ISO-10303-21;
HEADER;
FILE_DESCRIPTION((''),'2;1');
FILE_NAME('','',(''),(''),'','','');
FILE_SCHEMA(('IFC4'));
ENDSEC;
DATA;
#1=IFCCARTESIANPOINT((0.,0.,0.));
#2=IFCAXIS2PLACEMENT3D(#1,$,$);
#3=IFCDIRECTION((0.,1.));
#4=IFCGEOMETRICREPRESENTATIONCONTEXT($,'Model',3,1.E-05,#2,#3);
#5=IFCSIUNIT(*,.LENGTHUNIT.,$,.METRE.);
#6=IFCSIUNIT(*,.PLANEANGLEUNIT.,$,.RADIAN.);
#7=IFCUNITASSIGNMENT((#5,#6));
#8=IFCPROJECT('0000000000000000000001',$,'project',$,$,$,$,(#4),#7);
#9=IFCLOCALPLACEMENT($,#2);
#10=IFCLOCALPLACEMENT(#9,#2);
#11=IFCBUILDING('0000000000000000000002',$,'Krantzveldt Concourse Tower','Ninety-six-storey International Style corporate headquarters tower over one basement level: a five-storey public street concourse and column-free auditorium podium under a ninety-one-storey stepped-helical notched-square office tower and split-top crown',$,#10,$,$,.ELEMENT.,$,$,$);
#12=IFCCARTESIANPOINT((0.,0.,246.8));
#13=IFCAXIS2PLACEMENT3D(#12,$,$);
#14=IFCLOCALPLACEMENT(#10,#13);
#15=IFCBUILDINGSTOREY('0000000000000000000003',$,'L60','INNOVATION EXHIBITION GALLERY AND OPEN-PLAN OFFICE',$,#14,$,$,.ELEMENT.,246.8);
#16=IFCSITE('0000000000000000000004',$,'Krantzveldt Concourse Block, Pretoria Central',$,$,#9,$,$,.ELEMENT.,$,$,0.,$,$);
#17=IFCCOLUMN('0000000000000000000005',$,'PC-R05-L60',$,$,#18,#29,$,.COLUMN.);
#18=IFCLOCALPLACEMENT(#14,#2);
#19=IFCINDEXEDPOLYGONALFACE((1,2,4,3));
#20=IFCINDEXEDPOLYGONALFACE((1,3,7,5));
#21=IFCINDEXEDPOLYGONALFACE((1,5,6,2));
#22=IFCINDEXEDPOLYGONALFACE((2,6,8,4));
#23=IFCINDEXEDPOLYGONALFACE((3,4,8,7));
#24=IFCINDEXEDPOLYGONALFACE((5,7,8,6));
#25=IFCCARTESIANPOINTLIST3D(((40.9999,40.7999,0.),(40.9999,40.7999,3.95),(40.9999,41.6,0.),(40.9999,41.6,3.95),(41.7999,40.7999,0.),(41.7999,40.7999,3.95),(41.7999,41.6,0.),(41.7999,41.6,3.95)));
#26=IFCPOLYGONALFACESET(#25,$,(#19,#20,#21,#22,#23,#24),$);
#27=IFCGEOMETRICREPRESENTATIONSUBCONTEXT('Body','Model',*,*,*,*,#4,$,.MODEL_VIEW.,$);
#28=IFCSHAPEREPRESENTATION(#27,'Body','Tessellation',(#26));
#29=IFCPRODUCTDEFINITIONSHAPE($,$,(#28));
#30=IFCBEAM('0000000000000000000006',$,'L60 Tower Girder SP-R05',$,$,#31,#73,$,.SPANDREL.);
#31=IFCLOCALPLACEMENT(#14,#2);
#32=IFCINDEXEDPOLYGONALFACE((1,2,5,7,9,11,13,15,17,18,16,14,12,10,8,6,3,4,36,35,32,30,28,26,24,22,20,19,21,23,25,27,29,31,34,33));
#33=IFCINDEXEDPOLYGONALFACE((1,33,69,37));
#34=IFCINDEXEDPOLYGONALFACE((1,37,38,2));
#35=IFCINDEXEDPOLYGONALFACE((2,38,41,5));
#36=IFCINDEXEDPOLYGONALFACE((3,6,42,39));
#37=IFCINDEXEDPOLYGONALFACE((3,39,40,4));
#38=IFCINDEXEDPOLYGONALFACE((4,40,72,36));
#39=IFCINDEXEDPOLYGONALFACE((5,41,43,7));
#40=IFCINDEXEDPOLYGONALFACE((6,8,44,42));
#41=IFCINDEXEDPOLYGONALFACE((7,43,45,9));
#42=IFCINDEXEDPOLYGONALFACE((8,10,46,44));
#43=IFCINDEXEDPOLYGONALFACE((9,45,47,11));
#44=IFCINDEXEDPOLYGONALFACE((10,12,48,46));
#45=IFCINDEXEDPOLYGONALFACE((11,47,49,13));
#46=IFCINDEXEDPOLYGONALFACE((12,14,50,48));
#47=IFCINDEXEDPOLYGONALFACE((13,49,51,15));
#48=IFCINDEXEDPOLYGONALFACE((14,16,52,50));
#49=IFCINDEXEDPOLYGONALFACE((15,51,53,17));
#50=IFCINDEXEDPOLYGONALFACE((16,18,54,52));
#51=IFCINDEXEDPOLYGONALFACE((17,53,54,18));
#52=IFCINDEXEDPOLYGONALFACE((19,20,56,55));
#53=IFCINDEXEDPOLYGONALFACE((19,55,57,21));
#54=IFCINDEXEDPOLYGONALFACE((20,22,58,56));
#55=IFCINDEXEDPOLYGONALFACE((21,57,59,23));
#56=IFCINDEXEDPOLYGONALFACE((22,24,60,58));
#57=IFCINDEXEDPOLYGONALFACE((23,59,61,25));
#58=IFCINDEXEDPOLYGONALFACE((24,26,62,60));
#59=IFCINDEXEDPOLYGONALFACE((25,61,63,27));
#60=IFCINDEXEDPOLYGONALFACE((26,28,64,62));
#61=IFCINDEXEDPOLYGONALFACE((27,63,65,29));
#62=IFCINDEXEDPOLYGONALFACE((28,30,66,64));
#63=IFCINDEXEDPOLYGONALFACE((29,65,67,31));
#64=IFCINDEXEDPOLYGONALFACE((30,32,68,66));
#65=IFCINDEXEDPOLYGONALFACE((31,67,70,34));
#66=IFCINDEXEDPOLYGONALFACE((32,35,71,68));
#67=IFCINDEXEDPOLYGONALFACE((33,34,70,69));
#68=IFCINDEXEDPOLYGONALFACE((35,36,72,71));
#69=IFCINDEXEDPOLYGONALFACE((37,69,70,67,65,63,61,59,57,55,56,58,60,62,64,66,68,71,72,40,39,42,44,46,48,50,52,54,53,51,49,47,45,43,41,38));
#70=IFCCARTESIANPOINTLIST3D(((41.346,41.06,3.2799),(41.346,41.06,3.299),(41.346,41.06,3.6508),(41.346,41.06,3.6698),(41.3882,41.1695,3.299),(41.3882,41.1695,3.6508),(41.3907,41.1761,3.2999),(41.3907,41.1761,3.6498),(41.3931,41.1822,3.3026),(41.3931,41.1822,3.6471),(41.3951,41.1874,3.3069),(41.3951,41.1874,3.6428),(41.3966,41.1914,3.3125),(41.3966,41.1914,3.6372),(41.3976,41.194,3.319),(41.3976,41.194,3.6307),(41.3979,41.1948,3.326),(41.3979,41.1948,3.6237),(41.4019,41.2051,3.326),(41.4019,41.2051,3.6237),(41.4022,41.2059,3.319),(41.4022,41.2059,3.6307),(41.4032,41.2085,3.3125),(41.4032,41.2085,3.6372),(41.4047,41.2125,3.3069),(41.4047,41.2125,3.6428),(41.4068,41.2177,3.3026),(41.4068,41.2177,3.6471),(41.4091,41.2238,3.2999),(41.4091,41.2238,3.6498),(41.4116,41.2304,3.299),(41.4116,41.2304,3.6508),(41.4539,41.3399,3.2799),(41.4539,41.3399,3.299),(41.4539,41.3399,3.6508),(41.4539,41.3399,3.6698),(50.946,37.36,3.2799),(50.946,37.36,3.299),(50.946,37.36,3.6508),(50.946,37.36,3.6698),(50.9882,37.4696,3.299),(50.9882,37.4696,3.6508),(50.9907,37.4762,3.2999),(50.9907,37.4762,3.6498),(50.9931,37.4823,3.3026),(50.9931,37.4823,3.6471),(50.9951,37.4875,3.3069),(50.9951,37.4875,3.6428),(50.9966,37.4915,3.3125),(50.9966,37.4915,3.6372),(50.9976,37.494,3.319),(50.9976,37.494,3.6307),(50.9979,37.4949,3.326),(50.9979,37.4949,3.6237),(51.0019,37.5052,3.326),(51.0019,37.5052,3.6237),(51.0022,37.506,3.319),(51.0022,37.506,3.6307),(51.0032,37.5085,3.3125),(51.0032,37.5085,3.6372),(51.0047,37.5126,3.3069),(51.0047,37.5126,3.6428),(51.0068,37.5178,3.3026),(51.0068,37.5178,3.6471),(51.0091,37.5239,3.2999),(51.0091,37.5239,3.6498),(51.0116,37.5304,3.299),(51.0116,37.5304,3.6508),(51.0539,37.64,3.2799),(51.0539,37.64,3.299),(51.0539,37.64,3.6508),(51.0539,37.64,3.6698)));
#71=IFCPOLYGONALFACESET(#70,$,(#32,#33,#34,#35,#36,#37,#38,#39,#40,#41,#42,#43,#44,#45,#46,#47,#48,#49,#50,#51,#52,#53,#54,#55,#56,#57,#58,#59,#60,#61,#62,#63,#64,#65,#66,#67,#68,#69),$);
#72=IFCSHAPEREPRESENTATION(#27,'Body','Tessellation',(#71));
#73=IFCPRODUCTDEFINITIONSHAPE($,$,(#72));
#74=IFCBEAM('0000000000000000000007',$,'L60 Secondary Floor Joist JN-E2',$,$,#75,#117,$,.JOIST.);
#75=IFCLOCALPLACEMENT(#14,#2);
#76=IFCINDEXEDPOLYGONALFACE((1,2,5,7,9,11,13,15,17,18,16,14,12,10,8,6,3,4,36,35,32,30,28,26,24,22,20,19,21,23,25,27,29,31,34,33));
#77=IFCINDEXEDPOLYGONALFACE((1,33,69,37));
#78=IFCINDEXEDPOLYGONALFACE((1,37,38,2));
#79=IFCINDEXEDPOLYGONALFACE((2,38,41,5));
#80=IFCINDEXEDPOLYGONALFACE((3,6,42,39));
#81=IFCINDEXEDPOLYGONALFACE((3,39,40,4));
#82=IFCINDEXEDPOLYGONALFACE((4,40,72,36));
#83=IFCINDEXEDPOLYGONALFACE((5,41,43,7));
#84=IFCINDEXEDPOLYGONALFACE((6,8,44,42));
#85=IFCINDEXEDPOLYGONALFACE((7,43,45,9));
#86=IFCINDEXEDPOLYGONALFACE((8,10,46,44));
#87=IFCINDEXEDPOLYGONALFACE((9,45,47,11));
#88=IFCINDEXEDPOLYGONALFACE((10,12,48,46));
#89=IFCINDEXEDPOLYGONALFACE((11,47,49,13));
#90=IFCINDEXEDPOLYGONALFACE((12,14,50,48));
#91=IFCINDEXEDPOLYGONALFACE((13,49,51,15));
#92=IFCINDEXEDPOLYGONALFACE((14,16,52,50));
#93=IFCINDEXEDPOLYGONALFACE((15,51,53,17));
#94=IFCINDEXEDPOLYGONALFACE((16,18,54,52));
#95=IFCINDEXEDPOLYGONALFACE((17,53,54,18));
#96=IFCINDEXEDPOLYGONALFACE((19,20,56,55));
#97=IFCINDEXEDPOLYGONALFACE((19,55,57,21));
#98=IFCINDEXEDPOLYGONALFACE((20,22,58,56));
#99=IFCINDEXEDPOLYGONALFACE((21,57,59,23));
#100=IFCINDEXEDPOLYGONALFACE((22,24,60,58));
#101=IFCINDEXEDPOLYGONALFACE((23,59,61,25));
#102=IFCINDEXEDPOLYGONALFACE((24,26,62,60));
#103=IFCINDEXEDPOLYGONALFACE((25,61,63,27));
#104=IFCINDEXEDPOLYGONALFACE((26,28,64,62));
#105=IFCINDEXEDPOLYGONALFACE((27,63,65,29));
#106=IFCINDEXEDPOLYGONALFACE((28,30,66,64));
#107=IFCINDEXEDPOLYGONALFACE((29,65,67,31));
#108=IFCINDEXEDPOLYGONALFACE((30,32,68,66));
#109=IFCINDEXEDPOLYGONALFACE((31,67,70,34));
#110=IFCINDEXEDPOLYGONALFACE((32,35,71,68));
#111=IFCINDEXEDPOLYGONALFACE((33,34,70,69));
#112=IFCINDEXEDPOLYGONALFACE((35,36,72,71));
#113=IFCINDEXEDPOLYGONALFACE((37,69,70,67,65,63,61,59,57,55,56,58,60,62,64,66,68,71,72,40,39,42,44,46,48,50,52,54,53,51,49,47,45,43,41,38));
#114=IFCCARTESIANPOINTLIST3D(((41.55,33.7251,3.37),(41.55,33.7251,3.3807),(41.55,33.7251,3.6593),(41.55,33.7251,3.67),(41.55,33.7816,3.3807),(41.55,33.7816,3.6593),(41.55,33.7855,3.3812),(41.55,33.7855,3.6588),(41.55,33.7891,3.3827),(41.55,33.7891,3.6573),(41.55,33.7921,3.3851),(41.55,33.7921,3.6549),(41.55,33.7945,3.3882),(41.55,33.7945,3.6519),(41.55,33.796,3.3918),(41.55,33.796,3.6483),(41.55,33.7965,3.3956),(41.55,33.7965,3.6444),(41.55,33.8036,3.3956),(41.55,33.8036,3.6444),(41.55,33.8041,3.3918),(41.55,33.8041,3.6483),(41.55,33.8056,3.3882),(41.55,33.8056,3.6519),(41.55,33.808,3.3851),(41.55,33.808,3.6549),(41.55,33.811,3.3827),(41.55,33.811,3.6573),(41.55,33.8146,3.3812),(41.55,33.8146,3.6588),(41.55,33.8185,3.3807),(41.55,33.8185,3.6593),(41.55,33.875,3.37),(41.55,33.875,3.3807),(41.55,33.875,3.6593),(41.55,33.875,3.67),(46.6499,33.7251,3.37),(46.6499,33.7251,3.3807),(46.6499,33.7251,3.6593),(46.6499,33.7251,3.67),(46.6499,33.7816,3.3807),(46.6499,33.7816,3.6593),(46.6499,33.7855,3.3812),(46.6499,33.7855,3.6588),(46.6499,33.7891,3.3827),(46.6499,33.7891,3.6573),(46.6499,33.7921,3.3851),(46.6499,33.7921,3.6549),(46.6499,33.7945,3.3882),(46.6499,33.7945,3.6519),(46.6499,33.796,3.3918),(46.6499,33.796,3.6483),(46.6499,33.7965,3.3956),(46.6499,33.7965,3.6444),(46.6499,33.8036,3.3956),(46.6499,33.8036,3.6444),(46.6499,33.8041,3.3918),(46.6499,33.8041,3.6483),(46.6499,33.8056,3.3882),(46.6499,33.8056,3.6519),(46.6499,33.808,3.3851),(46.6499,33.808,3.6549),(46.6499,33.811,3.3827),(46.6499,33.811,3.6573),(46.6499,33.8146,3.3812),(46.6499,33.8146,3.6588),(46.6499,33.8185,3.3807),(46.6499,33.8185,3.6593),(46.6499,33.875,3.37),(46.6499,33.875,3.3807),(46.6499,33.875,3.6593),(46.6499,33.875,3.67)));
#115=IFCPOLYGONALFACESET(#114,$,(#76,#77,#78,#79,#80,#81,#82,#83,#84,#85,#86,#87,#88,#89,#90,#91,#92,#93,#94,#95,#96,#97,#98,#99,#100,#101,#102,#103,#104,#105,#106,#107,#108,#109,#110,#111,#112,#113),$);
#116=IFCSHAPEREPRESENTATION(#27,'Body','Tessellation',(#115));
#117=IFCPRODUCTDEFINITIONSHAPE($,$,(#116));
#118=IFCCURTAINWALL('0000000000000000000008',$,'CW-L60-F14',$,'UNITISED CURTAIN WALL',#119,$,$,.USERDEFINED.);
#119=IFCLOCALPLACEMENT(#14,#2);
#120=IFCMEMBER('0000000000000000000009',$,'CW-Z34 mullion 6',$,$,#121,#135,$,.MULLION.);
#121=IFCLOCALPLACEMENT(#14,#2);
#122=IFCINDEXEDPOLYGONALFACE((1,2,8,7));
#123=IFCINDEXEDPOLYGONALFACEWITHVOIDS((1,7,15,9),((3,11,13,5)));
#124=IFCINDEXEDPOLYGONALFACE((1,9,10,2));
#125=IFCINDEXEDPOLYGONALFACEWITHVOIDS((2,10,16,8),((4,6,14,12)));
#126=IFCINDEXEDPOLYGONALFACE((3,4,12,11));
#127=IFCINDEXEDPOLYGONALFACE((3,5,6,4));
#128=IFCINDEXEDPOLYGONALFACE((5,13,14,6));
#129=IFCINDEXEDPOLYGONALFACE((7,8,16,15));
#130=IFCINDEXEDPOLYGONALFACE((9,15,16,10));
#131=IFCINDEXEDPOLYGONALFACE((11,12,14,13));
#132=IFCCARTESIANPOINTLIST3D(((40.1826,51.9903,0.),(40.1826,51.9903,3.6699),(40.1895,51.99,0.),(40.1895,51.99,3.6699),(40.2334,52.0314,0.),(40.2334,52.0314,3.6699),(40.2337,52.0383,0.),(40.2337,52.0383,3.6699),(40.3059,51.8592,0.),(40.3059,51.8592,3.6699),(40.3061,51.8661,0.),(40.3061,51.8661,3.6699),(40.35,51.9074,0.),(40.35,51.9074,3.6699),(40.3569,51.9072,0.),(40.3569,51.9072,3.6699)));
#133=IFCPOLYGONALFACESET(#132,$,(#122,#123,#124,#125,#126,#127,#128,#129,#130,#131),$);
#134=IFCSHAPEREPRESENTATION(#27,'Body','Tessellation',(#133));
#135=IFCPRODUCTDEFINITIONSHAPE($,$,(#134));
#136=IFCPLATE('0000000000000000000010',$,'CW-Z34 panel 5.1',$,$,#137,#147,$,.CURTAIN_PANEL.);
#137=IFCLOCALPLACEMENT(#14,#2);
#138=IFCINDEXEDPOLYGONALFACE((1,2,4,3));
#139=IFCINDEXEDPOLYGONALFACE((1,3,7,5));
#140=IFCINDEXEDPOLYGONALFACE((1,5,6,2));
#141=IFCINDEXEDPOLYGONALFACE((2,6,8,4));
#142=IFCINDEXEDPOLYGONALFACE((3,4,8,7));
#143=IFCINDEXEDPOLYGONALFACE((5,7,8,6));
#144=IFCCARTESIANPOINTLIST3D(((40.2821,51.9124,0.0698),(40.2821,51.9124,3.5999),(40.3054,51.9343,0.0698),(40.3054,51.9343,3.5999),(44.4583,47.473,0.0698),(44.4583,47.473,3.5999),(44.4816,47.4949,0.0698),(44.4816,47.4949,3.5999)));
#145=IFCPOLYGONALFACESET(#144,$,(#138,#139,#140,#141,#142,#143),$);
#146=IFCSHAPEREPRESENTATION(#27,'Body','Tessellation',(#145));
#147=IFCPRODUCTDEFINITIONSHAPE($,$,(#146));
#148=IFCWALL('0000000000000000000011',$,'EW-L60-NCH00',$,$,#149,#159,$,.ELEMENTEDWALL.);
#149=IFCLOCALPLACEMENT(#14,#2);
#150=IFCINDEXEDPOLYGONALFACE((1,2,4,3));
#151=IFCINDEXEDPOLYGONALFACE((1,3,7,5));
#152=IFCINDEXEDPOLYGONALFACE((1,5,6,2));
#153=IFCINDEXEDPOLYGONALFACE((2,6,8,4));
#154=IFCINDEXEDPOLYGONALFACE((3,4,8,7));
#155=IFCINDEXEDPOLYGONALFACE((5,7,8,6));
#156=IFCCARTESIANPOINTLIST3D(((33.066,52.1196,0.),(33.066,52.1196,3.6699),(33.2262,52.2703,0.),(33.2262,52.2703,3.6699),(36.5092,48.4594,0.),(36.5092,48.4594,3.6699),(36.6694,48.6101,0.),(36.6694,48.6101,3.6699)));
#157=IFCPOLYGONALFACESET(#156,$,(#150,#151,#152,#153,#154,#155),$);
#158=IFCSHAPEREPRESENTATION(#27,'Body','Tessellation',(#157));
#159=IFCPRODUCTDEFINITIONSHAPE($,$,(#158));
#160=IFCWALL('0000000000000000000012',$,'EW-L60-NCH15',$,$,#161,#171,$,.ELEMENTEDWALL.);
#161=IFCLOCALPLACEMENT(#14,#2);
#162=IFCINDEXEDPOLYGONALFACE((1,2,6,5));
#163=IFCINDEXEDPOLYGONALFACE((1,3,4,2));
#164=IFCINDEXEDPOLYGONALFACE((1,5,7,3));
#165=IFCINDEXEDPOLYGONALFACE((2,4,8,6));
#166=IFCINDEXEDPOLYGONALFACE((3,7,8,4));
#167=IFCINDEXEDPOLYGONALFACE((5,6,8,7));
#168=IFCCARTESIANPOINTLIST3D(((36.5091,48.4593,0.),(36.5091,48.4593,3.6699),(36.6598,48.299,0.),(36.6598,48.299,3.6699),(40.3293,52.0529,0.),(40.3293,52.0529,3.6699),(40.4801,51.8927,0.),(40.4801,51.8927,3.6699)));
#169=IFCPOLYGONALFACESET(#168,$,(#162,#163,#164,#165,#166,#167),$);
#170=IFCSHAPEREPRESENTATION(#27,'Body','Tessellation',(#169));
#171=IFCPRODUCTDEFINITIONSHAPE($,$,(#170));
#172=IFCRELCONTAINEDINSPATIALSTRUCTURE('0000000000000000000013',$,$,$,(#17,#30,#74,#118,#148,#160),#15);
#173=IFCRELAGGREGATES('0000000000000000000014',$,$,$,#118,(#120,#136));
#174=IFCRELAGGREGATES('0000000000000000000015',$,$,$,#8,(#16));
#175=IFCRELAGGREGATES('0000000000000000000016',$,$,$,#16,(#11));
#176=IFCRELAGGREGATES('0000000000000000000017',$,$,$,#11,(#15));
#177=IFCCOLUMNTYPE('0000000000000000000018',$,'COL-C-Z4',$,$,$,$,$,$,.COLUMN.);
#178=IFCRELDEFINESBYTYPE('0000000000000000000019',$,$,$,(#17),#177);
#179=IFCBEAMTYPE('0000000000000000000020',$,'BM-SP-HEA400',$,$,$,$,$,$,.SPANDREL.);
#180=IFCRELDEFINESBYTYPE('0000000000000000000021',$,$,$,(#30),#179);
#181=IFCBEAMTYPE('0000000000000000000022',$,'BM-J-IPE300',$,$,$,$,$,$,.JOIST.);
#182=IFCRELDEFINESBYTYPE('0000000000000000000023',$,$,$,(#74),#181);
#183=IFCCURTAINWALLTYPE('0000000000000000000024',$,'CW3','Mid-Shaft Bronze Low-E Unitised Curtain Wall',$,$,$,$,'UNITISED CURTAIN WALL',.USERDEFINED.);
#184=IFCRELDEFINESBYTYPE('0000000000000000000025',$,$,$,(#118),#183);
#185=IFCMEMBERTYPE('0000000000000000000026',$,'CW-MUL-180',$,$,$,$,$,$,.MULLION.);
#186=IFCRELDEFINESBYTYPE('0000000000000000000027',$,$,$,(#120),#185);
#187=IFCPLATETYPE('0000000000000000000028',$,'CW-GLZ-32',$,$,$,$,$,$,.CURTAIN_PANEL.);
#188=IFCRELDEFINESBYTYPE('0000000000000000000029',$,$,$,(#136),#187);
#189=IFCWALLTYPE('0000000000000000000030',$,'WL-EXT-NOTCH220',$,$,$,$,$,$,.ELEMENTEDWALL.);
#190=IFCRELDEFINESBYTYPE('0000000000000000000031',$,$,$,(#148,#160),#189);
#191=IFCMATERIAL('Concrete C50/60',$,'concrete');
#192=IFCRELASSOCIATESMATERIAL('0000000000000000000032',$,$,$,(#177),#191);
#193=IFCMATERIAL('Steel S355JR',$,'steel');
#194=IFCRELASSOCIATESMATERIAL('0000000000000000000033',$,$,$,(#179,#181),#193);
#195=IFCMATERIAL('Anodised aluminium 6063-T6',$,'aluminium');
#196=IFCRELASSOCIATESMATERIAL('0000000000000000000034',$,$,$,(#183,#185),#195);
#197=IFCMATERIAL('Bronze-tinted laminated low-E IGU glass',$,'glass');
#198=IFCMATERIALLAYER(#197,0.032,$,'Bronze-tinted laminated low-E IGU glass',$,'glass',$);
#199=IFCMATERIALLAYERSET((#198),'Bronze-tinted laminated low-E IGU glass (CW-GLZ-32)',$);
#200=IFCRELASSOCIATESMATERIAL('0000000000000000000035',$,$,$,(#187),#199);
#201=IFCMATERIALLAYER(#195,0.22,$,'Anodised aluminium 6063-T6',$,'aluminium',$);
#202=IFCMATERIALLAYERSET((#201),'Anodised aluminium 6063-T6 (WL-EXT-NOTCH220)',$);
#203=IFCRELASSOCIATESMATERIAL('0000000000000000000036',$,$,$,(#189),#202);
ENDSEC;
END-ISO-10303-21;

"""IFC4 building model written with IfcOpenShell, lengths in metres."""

from ifc_helpers import new_model, si_unit, direction, frame, frame_2d, origin, origin_2d, place, context, subcontext, project, spatial, rectangle, hollow_rectangle, i_section, extrude, source, transform, mapped, material, layer, layer_set, material_profile, profile_set, type_object, type_shapes, element, aggregate, save


model = new_model("IFC4")

# Units and contexts
model_context = context("Model", 3, precision=1e-05, world=origin(), true_north=direction((0.0, 1.0)))
body_context = subcontext(model_context, "Body", "Model", "MODEL_VIEW")
ifc_project = project(units=[si_unit("LENGTHUNIT", "METRE"), si_unit("PLANEANGLEUNIT", "RADIAN")], contexts=[model_context])

# Site, building, storey
site_placement = place(None, origin())
site = spatial("IfcSite", under=ifc_project, at=site_placement, Name="Krantzveldt Concourse Block, Pretoria Central", CompositionType="ELEMENT", RefElevation=0.0)
building_placement = place(site_placement, origin())
building = spatial("IfcBuilding", under=site, at=building_placement, Name="Krantzveldt Concourse Tower", Description="Ninety-six-storey International Style corporate headquarters tower over one basement level: a five-storey public street concourse and column-free auditorium podium under a ninety-one-storey stepped-helical notched-square office tower and split-top crown", CompositionType="ELEMENT")
storey_placement = place(building_placement, frame((0.0, 0.0, 246.8)))
storey = spatial("IfcBuildingStorey", under=building, at=storey_placement, Name="L60", Description="INNOVATION EXHIBITION GALLERY AND OPEN-PLAN OFFICE", CompositionType="ELEMENT", Elevation=246.8)

# Column
ifc_material_1 = material(Name="Concrete C50/60", Category="concrete")
ifc_material_profile_1 = material_profile(ifc_material_1, rectangle(XDim=0.8, YDim=0.8, at=origin_2d()), Name="Concrete C50/60", Category="concrete")
ifc_profile_set_1 = profile_set([ifc_material_profile_1], Name="Concrete C50/60 - RC 800x800")
column_type = type_object("IfcColumnType", Name="COL-C-Z4", PredefinedType="COLUMN", material=ifc_profile_set_1)
shared_shape_1 = source(origin(), body_context, "Body", "SweptSolid", [
    extrude(rectangle(XDim=0.8, YDim=0.8, at=origin_2d()), origin(), (0.0, 0.0, 1.0), 3.95),
])
type_shapes(column_type, [shared_shape_1])
column_placement = place(storey_placement, frame((41.3999, 41.2, 0.0), z_axis=(0.0, 0.0, 1.0), x_axis=(1.0, 0.0, 0.0)))
element("IfcColumn", 1, at=column_placement, inside=storey, type_object=column_type, Name="PC-R05-L60", PredefinedType="COLUMN", context=body_context, shape_type="MappedRepresentation", body=[
    mapped(shared_shape_1, transform((0.0, 0.0, 0.0), x_axis=(1.0, 0.0, 0.0), y_axis=(0.0, 1.0, 0.0), z_axis=(0.0, 0.0, 1.0), scale=1.0)),
])

# Beams
ifc_material_2 = material(Name="Steel S355JR", Category="steel")
ifc_material_profile_2 = material_profile(ifc_material_2, i_section(OverallWidth=0.3, OverallDepth=0.3899, WebThickness=0.011, FlangeThickness=0.019, FilletRadius=0.0271, at=origin_2d()), Name="Steel S355JR", Category="steel")
ifc_profile_set_2 = profile_set([ifc_material_profile_2], Name="Steel S355JR - HEA 400")
beam_type_1 = type_object("IfcBeamType", Name="BM-SP-HEA400", PredefinedType="SPANDREL", material=ifc_profile_set_2)
shared_shape_2 = source(origin(), body_context, "Body", "SweptSolid", [
    extrude(i_section(OverallWidth=0.3, OverallDepth=0.3899, WebThickness=0.011, FlangeThickness=0.019, FilletRadius=0.0271, at=origin_2d()), origin(), (0.0, 0.0, 1.0), 10.2883),
])
type_shapes(beam_type_1, [shared_shape_2])
beam_1_placement = place(storey_placement, frame((41.3999, 41.2, 3.4749), z_axis=(0.933098, -0.359623, 0.0), x_axis=(0.359623, 0.933098, 0.0)))
element("IfcBeam", 2, at=beam_1_placement, inside=storey, type_object=beam_type_1, Name="L60 Tower Girder SP-R05", PredefinedType="SPANDREL", context=body_context, shape_type="MappedRepresentation", body=[
    mapped(shared_shape_2, transform((0.0, 0.0, 0.0), x_axis=(1.0, 0.0, 0.0), y_axis=(0.0, 1.0, 0.0), z_axis=(0.0, 0.0, 1.0), scale=1.0)),
])
ifc_material_profile_3 = material_profile(ifc_material_2, i_section(OverallWidth=0.1499, OverallDepth=0.3, WebThickness=0.0071, FlangeThickness=0.0107, FilletRadius=0.0149, at=origin_2d()), Name="Steel S355JR", Category="steel")
ifc_profile_set_3 = profile_set([ifc_material_profile_3], Name="Steel S355JR - IPE 300")
beam_type_2 = type_object("IfcBeamType", Name="BM-J-IPE300", PredefinedType="JOIST", material=ifc_profile_set_3)
shared_shape_3 = source(origin(), body_context, "Body", "SweptSolid", [
    extrude(i_section(OverallWidth=0.1499, OverallDepth=0.3, WebThickness=0.0071, FlangeThickness=0.0107, FilletRadius=0.0149, at=origin_2d()), origin(), (0.0, 0.0, 1.0), 5.0999),
])
type_shapes(beam_type_2, [shared_shape_3])
beam_2_placement = place(storey_placement, frame((41.55, 33.8, 3.52), z_axis=(1.0, 0.0, 0.0), x_axis=(0.0, 1.0, 0.0)))
element("IfcBeam", 3, at=beam_2_placement, inside=storey, type_object=beam_type_2, Name="L60 Secondary Floor Joist JN-E2", PredefinedType="JOIST", context=body_context, shape_type="MappedRepresentation", body=[
    mapped(shared_shape_3, transform((0.0, 0.0, 0.0), x_axis=(1.0, 0.0, 0.0), y_axis=(0.0, 1.0, 0.0), z_axis=(0.0, 0.0, 1.0), scale=1.0)),
])

# Curtain wall, member, plate
ifc_material_3 = material(Name="Anodised aluminium 6063-T6", Category="aluminium")
curtain_wall_type = type_object("IfcCurtainWallType", Name="CW3", Description="Mid-Shaft Bronze Low-E Unitised Curtain Wall", ElementType="UNITISED CURTAIN WALL", PredefinedType="USERDEFINED", material=ifc_material_3)
curtain_wall_placement = place(storey_placement, origin())
curtain_wall = element("IfcCurtainWall", 4, at=curtain_wall_placement, inside=storey, type_object=curtain_wall_type, Name="CW-L60-F14", ObjectType="UNITISED CURTAIN WALL", PredefinedType="USERDEFINED")
ifc_material_profile_4 = material_profile(ifc_material_3, hollow_rectangle(XDim=0.0701, YDim=0.1799, WallThickness=0.0049, at=origin_2d()), Name="Anodised aluminium 6063-T6", Category="aluminium")
ifc_profile_set_4 = profile_set([ifc_material_profile_4], Name="Anodised aluminium 6063-T6 - ALU-MULL 180x70x5")
member_type = type_object("IfcMemberType", Name="CW-MUL-180", PredefinedType="MULLION", material=ifc_profile_set_4)
shared_shape_4 = source(origin(), body_context, "Body", "SweptSolid", [
    extrude(hollow_rectangle(XDim=0.0701, YDim=0.1799, WallThickness=0.0049, at=origin_2d()), origin(), (0.0, 0.0, 1.0), 3.6699),
])
type_shapes(member_type, [shared_shape_4])
member_placement = place(storey_placement, frame((40.2698, 51.9487, 0.0), z_axis=(0.0, 0.0, 1.0), x_axis=(-0.728371, -0.685183, 0.0)))
member = element("IfcMember", 5, at=member_placement, type_object=member_type, Name="CW-Z34 mullion 6", PredefinedType="MULLION", context=body_context, shape_type="MappedRepresentation", body=[
    mapped(shared_shape_4, transform((0.0, 0.0, 0.0), x_axis=(1.0, 0.0, 0.0), y_axis=(0.0, 1.0, 0.0), z_axis=(0.0, 0.0, 1.0), scale=1.0)),
])
ifc_material_4 = material(Name="Bronze-tinted laminated low-E IGU glass", Category="glass")
ifc_layer_1 = layer(ifc_material_4, 0.032, Name="Bronze-tinted laminated low-E IGU glass", Category="glass")
ifc_layer_set_1 = layer_set([ifc_layer_1], Name="Bronze-tinted laminated low-E IGU glass (CW-GLZ-32)")
plate_type = type_object("IfcPlateType", Name="CW-GLZ-32", PredefinedType="CURTAIN_PANEL", material=ifc_layer_set_1)
shared_shape_5 = source(origin(), body_context, "Body", "SweptSolid", [
    extrude(rectangle(XDim=6.095, YDim=0.032, at=origin_2d()), origin(), (0.0, 0.0, 1.0), 3.53),
])
type_shapes(plate_type, [shared_shape_5])
plate_placement = place(storey_placement, frame((42.3818, 49.7036, 0.0698), z_axis=(0.0, 0.0, 1.0), x_axis=(-0.685183, 0.728371, 0.0)))
plate = element("IfcPlate", 6, at=plate_placement, type_object=plate_type, Name="CW-Z34 panel 5.1", PredefinedType="CURTAIN_PANEL", context=body_context, shape_type="MappedRepresentation", body=[
    mapped(shared_shape_5, transform((0.0, 0.0, 0.0), x_axis=(1.0, 0.0, 0.0), y_axis=(0.0, 1.0, 0.0), z_axis=(0.0, 0.0, 1.0), scale=1.0)),
])
aggregate(curtain_wall, [member, plate])

# Walls
ifc_layer_2 = layer(ifc_material_3, 0.22, Name="Anodised aluminium 6063-T6", Category="aluminium")
ifc_layer_set_2 = layer_set([ifc_layer_2], Name="Anodised aluminium 6063-T6 (WL-EXT-NOTCH220)")
wall_type_1 = type_object("IfcWallType", Name="WL-EXT-NOTCH220", PredefinedType="ELEMENTEDWALL", material=ifc_layer_set_2)
wall_1_placement = place(storey_placement, frame((36.5894, 48.5347, 0.0), z_axis=(0.0, 0.0, 1.0), x_axis=(-0.685181, 0.728373, 0.0)))
element("IfcWall", 7, at=wall_1_placement, inside=storey, type_object=wall_type_1, Name="EW-L60-NCH00", PredefinedType="ELEMENTEDWALL", context=body_context, shape_type="SweptSolid", body=[
    extrude(rectangle(XDim=5.0251, YDim=0.22, at=frame_2d((2.5127, 0.0))), origin(), (0.0, 0.0, 1.0), 3.6699),
])
wall_2_placement = place(storey_placement, frame((40.4048, 51.9729, 0.0), z_axis=(0.0, 0.0, 1.0), x_axis=(-0.728375, -0.685179, 0.0)))
element("IfcWall", 8, at=wall_2_placement, inside=storey, type_object=wall_type_1, Name="EW-L60-NCH15", PredefinedType="ELEMENTEDWALL", context=body_context, shape_type="SweptSolid", body=[
    extrude(rectangle(XDim=5.2449, YDim=0.22, at=frame_2d((2.6226, 0.0))), origin(), (0.0, 0.0, 1.0), 3.6699),
])

save(model, "model.ifc")
